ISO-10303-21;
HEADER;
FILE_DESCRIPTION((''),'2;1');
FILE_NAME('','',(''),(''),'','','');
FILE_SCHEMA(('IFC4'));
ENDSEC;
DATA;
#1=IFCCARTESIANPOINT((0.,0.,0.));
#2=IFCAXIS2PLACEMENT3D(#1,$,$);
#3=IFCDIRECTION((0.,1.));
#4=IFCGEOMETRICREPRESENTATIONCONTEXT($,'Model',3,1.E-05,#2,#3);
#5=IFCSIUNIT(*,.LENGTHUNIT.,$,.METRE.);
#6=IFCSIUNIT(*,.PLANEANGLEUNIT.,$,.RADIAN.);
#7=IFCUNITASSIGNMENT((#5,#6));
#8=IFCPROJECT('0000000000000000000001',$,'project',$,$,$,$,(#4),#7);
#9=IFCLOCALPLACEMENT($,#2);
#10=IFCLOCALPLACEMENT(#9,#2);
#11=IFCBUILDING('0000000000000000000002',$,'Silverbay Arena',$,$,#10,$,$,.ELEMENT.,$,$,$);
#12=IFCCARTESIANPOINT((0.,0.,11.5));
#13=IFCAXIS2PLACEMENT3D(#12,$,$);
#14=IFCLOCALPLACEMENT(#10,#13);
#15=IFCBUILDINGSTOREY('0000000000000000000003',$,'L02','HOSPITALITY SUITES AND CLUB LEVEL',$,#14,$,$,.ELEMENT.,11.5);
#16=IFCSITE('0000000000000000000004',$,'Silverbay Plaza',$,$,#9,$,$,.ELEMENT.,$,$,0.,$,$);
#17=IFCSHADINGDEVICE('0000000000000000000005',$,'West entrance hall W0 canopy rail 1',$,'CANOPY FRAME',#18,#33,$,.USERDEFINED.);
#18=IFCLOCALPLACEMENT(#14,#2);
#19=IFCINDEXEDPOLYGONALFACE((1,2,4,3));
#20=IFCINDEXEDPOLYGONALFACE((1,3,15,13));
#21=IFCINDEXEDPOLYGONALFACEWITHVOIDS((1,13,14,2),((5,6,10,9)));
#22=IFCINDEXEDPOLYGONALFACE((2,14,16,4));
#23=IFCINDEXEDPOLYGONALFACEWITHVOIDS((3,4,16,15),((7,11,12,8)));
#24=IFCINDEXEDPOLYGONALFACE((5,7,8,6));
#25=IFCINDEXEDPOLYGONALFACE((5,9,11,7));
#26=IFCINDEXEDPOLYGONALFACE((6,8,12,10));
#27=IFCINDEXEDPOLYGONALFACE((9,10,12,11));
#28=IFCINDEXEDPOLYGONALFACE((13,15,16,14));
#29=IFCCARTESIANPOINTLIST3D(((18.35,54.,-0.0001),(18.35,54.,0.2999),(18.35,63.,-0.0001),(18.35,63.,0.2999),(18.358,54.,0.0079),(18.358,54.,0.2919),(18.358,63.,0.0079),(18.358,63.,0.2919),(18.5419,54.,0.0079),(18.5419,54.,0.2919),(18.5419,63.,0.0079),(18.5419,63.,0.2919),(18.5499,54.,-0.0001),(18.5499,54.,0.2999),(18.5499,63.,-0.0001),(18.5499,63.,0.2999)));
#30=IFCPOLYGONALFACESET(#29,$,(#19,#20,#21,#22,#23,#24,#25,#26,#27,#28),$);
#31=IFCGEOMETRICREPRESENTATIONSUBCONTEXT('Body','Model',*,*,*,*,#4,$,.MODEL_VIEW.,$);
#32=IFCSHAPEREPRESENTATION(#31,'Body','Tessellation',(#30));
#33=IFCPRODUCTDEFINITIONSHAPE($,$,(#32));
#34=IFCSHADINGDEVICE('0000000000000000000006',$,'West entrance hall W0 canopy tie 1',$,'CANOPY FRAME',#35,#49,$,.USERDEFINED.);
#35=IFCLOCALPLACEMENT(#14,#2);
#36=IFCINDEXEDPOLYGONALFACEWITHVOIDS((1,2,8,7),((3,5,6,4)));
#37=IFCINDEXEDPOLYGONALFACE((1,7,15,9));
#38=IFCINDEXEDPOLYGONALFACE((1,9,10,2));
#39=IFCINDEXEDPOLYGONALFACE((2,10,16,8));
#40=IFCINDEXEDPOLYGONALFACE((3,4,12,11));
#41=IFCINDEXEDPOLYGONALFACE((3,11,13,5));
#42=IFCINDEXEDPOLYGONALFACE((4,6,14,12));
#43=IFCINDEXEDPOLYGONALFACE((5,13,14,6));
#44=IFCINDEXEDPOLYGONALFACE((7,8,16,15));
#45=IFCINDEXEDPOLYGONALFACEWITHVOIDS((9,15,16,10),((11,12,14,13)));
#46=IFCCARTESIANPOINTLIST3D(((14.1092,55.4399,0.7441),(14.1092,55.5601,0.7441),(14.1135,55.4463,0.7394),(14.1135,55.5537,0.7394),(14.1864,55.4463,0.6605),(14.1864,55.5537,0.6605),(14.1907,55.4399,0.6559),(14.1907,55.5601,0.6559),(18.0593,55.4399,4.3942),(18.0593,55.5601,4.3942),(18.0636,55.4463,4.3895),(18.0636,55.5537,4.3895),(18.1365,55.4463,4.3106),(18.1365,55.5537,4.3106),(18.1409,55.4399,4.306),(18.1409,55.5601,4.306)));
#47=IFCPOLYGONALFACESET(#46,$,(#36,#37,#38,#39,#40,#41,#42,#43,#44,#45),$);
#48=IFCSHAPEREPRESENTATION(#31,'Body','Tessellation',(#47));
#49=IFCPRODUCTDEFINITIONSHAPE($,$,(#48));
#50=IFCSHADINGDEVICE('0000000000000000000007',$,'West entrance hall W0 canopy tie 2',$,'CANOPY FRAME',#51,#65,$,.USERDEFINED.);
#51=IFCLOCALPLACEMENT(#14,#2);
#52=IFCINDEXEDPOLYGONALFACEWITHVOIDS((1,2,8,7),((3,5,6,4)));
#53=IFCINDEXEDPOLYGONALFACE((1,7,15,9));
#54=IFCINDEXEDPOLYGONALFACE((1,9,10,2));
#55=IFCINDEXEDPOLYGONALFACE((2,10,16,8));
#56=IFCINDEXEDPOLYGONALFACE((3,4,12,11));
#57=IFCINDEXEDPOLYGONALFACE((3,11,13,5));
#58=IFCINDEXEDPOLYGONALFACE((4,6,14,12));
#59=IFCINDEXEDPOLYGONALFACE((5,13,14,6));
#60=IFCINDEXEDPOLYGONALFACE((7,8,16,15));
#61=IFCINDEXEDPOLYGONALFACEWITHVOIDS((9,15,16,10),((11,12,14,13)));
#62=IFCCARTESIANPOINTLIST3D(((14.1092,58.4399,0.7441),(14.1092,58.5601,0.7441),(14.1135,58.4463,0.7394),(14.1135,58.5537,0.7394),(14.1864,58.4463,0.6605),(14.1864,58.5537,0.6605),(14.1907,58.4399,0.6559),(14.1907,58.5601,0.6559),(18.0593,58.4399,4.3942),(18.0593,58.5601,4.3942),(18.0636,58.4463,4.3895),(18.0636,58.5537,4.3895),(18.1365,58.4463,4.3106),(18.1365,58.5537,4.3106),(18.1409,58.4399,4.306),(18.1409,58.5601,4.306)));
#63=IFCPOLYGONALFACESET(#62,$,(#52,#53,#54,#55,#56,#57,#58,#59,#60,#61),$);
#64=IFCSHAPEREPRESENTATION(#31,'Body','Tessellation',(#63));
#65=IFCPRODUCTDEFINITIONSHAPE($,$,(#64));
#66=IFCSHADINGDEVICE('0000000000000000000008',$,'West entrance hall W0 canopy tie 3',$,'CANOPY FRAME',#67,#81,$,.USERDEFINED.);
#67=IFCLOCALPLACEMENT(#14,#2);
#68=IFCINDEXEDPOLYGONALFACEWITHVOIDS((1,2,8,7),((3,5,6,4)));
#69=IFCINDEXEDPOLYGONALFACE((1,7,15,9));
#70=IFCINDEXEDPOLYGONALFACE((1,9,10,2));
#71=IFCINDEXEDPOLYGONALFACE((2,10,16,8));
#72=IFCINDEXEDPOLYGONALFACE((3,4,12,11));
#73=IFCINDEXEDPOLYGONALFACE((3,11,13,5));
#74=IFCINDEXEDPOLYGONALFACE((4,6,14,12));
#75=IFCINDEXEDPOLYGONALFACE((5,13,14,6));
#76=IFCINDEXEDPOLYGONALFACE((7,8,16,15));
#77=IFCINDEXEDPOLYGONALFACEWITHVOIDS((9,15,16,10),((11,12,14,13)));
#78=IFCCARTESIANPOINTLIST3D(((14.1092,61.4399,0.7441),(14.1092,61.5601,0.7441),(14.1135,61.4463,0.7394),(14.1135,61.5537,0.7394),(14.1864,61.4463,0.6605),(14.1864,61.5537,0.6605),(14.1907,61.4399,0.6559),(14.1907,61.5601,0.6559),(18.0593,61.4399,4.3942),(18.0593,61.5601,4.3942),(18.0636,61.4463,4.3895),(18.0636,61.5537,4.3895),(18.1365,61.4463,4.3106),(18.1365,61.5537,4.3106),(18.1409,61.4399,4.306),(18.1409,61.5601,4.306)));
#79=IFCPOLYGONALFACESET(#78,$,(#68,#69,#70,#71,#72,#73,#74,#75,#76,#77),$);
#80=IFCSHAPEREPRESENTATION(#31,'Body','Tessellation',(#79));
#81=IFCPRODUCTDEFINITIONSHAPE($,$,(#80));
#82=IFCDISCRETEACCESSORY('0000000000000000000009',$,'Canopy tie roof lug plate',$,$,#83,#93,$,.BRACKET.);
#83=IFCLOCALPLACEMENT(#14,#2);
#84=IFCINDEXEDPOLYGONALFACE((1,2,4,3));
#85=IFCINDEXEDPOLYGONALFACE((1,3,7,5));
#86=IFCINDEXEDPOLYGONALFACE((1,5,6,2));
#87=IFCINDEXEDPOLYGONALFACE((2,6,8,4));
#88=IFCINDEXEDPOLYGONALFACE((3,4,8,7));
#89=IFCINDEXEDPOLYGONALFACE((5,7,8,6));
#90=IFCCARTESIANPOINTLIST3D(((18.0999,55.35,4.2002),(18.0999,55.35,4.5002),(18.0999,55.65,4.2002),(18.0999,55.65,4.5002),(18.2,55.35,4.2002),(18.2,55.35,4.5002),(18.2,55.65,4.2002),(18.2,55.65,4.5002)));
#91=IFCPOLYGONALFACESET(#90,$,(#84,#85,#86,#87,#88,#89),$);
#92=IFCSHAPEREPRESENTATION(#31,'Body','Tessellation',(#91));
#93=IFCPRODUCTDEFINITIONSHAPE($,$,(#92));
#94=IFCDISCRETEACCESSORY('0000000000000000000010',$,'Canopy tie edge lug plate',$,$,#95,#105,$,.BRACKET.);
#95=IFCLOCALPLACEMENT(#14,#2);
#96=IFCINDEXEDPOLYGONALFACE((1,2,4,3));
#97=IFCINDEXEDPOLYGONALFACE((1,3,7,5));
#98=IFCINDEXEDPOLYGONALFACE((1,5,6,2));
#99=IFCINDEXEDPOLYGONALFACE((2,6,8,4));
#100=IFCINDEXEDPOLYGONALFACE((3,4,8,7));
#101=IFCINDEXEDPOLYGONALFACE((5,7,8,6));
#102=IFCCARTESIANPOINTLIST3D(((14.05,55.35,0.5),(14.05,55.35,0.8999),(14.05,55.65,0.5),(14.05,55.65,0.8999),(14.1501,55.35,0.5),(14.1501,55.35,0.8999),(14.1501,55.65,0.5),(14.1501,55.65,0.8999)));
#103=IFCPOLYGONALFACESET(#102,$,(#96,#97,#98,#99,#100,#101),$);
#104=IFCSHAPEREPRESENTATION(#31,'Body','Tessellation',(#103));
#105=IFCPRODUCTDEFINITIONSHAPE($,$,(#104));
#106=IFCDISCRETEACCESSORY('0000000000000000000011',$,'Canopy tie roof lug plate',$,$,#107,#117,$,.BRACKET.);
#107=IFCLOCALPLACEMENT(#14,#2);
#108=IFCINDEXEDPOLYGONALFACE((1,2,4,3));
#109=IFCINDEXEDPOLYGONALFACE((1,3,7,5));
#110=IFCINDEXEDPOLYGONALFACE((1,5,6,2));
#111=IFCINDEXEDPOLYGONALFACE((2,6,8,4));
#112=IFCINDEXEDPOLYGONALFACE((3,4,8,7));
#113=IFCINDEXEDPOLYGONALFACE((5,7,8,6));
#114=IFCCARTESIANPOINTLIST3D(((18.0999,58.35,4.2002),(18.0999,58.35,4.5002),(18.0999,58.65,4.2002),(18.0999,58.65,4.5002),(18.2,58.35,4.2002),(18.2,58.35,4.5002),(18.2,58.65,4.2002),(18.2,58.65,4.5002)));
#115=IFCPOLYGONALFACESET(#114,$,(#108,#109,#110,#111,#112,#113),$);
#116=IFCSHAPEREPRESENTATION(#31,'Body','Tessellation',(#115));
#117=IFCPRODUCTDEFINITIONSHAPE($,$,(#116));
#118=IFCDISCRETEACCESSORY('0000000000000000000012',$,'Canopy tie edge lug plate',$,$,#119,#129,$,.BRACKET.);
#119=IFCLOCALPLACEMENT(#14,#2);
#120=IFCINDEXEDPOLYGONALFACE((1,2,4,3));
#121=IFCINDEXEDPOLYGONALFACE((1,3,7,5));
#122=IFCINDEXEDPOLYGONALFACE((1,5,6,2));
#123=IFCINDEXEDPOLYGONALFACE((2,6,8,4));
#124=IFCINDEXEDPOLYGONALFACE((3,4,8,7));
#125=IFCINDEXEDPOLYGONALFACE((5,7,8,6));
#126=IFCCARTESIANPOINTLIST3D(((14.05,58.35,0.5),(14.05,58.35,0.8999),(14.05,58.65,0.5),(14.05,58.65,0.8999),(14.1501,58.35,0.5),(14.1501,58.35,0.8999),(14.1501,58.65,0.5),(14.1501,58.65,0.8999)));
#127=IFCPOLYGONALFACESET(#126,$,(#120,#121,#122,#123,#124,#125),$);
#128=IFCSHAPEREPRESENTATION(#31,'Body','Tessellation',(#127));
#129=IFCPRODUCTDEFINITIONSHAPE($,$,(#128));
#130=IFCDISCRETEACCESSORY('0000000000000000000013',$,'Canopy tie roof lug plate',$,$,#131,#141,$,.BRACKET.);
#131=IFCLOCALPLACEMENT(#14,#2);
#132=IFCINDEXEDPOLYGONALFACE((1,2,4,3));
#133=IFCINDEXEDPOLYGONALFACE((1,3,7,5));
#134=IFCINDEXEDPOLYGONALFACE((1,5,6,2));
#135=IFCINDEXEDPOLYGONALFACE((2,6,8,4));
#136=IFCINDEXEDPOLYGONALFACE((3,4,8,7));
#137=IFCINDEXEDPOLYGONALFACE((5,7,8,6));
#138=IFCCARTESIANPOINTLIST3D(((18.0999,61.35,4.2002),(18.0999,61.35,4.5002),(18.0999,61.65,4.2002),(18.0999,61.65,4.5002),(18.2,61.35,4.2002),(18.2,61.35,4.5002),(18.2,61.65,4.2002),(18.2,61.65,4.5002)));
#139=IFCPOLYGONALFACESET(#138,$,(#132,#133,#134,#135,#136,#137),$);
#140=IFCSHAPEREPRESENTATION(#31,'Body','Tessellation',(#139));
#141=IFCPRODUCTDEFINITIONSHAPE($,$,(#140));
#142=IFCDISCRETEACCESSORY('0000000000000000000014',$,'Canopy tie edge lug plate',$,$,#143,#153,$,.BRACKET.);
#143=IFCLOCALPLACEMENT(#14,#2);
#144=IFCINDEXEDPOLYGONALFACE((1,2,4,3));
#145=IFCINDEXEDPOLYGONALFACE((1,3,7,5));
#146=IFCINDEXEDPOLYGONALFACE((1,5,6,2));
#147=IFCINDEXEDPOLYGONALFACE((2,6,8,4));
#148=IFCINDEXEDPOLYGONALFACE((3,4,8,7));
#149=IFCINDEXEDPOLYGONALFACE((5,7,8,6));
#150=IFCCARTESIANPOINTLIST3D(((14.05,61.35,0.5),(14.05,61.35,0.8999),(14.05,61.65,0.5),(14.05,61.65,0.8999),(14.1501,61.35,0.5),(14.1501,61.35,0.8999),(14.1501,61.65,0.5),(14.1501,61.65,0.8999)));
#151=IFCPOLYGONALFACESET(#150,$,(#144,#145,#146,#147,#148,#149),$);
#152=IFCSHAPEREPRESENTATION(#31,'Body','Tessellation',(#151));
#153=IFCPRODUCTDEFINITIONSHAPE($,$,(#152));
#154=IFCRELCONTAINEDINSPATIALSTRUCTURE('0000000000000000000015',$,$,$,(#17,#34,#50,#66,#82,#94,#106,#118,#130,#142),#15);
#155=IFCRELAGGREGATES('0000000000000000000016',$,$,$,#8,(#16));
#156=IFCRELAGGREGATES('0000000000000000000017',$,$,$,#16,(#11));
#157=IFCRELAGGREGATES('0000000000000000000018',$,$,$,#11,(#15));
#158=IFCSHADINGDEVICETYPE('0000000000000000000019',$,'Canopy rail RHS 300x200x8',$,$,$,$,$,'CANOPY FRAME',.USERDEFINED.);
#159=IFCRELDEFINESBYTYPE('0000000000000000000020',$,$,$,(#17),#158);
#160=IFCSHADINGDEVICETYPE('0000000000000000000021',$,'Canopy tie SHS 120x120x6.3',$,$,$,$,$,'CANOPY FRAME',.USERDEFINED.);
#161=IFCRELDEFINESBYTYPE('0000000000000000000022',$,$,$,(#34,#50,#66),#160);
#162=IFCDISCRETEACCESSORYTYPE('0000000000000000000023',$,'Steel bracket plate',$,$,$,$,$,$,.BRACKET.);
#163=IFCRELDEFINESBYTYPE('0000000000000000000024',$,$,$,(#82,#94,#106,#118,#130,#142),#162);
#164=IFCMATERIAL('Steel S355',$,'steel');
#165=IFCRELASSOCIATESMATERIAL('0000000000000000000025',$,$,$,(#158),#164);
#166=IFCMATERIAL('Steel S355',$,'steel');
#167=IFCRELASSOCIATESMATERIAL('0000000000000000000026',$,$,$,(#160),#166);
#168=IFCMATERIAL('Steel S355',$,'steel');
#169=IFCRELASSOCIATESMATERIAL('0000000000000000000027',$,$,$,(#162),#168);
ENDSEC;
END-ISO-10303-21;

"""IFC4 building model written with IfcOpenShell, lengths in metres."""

from ifc_helpers import new_model, si_unit, direction, frame, origin, origin_2d, place, context, subcontext, project, spatial, rectangle, hollow_rectangle, extrude, material, material_profile, profile_set, type_object, element, save


model = new_model("IFC4")

# Units and contexts
model_context = context("Model", 3, precision=1e-05, world=origin(), true_north=direction((0.0, 1.0)))
body_context = subcontext(model_context, "Body", "Model", "MODEL_VIEW")
ifc_project = project(units=[si_unit("LENGTHUNIT", "METRE"), si_unit("PLANEANGLEUNIT", "RADIAN")], contexts=[model_context])

# Site, building, storey
site_placement = place(None, origin())
site = spatial("IfcSite", under=ifc_project, at=site_placement, Name="Silverbay Plaza", CompositionType="ELEMENT", RefElevation=0.0)
building_placement = place(site_placement, origin())
building = spatial("IfcBuilding", under=site, at=building_placement, Name="Silverbay Arena", CompositionType="ELEMENT")
storey_placement = place(building_placement, frame((0.0, 0.0, 11.5)))
storey = spatial("IfcBuildingStorey", under=building, at=storey_placement, Name="L02", Description="HOSPITALITY SUITES AND CLUB LEVEL", CompositionType="ELEMENT", Elevation=11.5)

# Shading devices
ifc_material_1 = material(Name="Steel S355", Category="steel")
ifc_material_profile_1 = material_profile(ifc_material_1, hollow_rectangle(XDim=0.2, YDim=0.3, WallThickness=0.0081, at=origin_2d()), Name="RHS 300x200x8")
ifc_profile_set_1 = profile_set([ifc_material_profile_1], Name="Steel S355")
shading_device_type_1 = type_object("IfcShadingDeviceType", Name="Canopy rail RHS 300x200x8", ElementType="CANOPY FRAME", PredefinedType="USERDEFINED", material=ifc_profile_set_1)
shading_device_1_placement = place(storey_placement, frame((18.45, 54.0, 0.1499), z_axis=(0.0, 1.0, 0.0), x_axis=(-1.0, 0.0, 0.0)))
element("IfcShadingDevice", 1, at=shading_device_1_placement, inside=storey, type_object=shading_device_type_1, Name="West entrance hall W0 canopy rail 1", ObjectType="CANOPY FRAME", PredefinedType="USERDEFINED", context=body_context, shape_type="SweptSolid", body=[
    extrude(hollow_rectangle(XDim=0.2, YDim=0.3, WallThickness=0.0081, at=origin_2d()), origin(), (0.0, 0.0, 1.0), 9.0),
])
ifc_material_2 = material(Name="Steel S355", Category="steel")
ifc_material_profile_2 = material_profile(ifc_material_2, hollow_rectangle(XDim=0.1201, YDim=0.1201, WallThickness=0.0063, at=origin_2d()), Name="SHS 120x120x6.3")
ifc_profile_set_2 = profile_set([ifc_material_profile_2], Name="Steel S355")
shading_device_type_2 = type_object("IfcShadingDeviceType", Name="Canopy tie SHS 120x120x6.3", ElementType="CANOPY FRAME", PredefinedType="USERDEFINED", material=ifc_profile_set_2)
for number, where, z_axis, x_axis, name in (
    (2, (18.1001, 55.5, 4.3501), (-0.73445, 0.0, -0.678663), (0.0, -1.0, 0.0), "West entrance hall W0 canopy tie 1"),
    (3, (18.1001, 58.5, 4.3501), (-0.73445, 0.0, -0.678663), (0.0, -1.0, 0.0), "West entrance hall W0 canopy tie 2"),
    (4, (18.1001, 61.5, 4.3501), (-0.73445, 0.0, -0.678663), (0.0, -1.0, 0.0), "West entrance hall W0 canopy tie 3"),
):
    element("IfcShadingDevice", number, at=place(storey_placement, frame(where, z_axis=z_axis, x_axis=x_axis)), inside=storey, type_object=shading_device_type_2, Name=name, ObjectType="CANOPY FRAME", PredefinedType="USERDEFINED", context=body_context, shape_type="SweptSolid", body=[
        extrude(hollow_rectangle(XDim=0.1201, YDim=0.1201, WallThickness=0.0063, at=origin_2d()), origin(), (0.0, 0.0, 1.0), 5.3784),
    ])

# Discrete accessories
ifc_material_3 = material(Name="Steel S355", Category="steel")
discrete_accessory_type = type_object("IfcDiscreteAccessoryType", Name="Steel bracket plate", PredefinedType="BRACKET", material=ifc_material_3)
discrete_accessory_1_placement = place(storey_placement, frame((18.1499, 55.5, 4.2002), z_axis=(0.0, 0.0, 1.0), x_axis=(1.0, 0.0, 0.0)))
element("IfcDiscreteAccessory", 5, at=discrete_accessory_1_placement, inside=storey, type_object=discrete_accessory_type, Name="Canopy tie roof lug plate", PredefinedType="BRACKET", context=body_context, shape_type="SweptSolid", body=[
    extrude(rectangle(XDim=0.1001, YDim=0.3, at=origin_2d()), origin(), (0.0, 0.0, 1.0), 0.3),
])
discrete_accessory_2_placement = place(storey_placement, frame((14.1001, 55.5, 0.5), z_axis=(0.0, 0.0, 1.0), x_axis=(1.0, 0.0, 0.0)))
element("IfcDiscreteAccessory", 6, at=discrete_accessory_2_placement, inside=storey, type_object=discrete_accessory_type, Name="Canopy tie edge lug plate", PredefinedType="BRACKET", context=body_context, shape_type="SweptSolid", body=[
    extrude(rectangle(XDim=0.1001, YDim=0.3, at=origin_2d()), origin(), (0.0, 0.0, 1.0), 0.3999),
])
discrete_accessory_3_placement = place(storey_placement, frame((18.1499, 58.5, 4.2002), z_axis=(0.0, 0.0, 1.0), x_axis=(1.0, 0.0, 0.0)))
element("IfcDiscreteAccessory", 7, at=discrete_accessory_3_placement, inside=storey, type_object=discrete_accessory_type, Name="Canopy tie roof lug plate", PredefinedType="BRACKET", context=body_context, shape_type="SweptSolid", body=[
    extrude(rectangle(XDim=0.1001, YDim=0.3, at=origin_2d()), origin(), (0.0, 0.0, 1.0), 0.3),
])
discrete_accessory_4_placement = place(storey_placement, frame((14.1001, 58.5, 0.5), z_axis=(0.0, 0.0, 1.0), x_axis=(1.0, 0.0, 0.0)))
element("IfcDiscreteAccessory", 8, at=discrete_accessory_4_placement, inside=storey, type_object=discrete_accessory_type, Name="Canopy tie edge lug plate", PredefinedType="BRACKET", context=body_context, shape_type="SweptSolid", body=[
    extrude(rectangle(XDim=0.1001, YDim=0.3, at=origin_2d()), origin(), (0.0, 0.0, 1.0), 0.3999),
])
discrete_accessory_5_placement = place(storey_placement, frame((18.1499, 61.5, 4.2002), z_axis=(0.0, 0.0, 1.0), x_axis=(1.0, 0.0, 0.0)))
element("IfcDiscreteAccessory", 9, at=discrete_accessory_5_placement, inside=storey, type_object=discrete_accessory_type, Name="Canopy tie roof lug plate", PredefinedType="BRACKET", context=body_context, shape_type="SweptSolid", body=[
    extrude(rectangle(XDim=0.1001, YDim=0.3, at=origin_2d()), origin(), (0.0, 0.0, 1.0), 0.3),
])
discrete_accessory_6_placement = place(storey_placement, frame((14.1001, 61.5, 0.5), z_axis=(0.0, 0.0, 1.0), x_axis=(1.0, 0.0, 0.0)))
element("IfcDiscreteAccessory", 10, at=discrete_accessory_6_placement, inside=storey, type_object=discrete_accessory_type, Name="Canopy tie edge lug plate", PredefinedType="BRACKET", context=body_context, shape_type="SweptSolid", body=[
    extrude(rectangle(XDim=0.1001, YDim=0.3, at=origin_2d()), origin(), (0.0, 0.0, 1.0), 0.3999),
])

save(model, "model.ifc")
